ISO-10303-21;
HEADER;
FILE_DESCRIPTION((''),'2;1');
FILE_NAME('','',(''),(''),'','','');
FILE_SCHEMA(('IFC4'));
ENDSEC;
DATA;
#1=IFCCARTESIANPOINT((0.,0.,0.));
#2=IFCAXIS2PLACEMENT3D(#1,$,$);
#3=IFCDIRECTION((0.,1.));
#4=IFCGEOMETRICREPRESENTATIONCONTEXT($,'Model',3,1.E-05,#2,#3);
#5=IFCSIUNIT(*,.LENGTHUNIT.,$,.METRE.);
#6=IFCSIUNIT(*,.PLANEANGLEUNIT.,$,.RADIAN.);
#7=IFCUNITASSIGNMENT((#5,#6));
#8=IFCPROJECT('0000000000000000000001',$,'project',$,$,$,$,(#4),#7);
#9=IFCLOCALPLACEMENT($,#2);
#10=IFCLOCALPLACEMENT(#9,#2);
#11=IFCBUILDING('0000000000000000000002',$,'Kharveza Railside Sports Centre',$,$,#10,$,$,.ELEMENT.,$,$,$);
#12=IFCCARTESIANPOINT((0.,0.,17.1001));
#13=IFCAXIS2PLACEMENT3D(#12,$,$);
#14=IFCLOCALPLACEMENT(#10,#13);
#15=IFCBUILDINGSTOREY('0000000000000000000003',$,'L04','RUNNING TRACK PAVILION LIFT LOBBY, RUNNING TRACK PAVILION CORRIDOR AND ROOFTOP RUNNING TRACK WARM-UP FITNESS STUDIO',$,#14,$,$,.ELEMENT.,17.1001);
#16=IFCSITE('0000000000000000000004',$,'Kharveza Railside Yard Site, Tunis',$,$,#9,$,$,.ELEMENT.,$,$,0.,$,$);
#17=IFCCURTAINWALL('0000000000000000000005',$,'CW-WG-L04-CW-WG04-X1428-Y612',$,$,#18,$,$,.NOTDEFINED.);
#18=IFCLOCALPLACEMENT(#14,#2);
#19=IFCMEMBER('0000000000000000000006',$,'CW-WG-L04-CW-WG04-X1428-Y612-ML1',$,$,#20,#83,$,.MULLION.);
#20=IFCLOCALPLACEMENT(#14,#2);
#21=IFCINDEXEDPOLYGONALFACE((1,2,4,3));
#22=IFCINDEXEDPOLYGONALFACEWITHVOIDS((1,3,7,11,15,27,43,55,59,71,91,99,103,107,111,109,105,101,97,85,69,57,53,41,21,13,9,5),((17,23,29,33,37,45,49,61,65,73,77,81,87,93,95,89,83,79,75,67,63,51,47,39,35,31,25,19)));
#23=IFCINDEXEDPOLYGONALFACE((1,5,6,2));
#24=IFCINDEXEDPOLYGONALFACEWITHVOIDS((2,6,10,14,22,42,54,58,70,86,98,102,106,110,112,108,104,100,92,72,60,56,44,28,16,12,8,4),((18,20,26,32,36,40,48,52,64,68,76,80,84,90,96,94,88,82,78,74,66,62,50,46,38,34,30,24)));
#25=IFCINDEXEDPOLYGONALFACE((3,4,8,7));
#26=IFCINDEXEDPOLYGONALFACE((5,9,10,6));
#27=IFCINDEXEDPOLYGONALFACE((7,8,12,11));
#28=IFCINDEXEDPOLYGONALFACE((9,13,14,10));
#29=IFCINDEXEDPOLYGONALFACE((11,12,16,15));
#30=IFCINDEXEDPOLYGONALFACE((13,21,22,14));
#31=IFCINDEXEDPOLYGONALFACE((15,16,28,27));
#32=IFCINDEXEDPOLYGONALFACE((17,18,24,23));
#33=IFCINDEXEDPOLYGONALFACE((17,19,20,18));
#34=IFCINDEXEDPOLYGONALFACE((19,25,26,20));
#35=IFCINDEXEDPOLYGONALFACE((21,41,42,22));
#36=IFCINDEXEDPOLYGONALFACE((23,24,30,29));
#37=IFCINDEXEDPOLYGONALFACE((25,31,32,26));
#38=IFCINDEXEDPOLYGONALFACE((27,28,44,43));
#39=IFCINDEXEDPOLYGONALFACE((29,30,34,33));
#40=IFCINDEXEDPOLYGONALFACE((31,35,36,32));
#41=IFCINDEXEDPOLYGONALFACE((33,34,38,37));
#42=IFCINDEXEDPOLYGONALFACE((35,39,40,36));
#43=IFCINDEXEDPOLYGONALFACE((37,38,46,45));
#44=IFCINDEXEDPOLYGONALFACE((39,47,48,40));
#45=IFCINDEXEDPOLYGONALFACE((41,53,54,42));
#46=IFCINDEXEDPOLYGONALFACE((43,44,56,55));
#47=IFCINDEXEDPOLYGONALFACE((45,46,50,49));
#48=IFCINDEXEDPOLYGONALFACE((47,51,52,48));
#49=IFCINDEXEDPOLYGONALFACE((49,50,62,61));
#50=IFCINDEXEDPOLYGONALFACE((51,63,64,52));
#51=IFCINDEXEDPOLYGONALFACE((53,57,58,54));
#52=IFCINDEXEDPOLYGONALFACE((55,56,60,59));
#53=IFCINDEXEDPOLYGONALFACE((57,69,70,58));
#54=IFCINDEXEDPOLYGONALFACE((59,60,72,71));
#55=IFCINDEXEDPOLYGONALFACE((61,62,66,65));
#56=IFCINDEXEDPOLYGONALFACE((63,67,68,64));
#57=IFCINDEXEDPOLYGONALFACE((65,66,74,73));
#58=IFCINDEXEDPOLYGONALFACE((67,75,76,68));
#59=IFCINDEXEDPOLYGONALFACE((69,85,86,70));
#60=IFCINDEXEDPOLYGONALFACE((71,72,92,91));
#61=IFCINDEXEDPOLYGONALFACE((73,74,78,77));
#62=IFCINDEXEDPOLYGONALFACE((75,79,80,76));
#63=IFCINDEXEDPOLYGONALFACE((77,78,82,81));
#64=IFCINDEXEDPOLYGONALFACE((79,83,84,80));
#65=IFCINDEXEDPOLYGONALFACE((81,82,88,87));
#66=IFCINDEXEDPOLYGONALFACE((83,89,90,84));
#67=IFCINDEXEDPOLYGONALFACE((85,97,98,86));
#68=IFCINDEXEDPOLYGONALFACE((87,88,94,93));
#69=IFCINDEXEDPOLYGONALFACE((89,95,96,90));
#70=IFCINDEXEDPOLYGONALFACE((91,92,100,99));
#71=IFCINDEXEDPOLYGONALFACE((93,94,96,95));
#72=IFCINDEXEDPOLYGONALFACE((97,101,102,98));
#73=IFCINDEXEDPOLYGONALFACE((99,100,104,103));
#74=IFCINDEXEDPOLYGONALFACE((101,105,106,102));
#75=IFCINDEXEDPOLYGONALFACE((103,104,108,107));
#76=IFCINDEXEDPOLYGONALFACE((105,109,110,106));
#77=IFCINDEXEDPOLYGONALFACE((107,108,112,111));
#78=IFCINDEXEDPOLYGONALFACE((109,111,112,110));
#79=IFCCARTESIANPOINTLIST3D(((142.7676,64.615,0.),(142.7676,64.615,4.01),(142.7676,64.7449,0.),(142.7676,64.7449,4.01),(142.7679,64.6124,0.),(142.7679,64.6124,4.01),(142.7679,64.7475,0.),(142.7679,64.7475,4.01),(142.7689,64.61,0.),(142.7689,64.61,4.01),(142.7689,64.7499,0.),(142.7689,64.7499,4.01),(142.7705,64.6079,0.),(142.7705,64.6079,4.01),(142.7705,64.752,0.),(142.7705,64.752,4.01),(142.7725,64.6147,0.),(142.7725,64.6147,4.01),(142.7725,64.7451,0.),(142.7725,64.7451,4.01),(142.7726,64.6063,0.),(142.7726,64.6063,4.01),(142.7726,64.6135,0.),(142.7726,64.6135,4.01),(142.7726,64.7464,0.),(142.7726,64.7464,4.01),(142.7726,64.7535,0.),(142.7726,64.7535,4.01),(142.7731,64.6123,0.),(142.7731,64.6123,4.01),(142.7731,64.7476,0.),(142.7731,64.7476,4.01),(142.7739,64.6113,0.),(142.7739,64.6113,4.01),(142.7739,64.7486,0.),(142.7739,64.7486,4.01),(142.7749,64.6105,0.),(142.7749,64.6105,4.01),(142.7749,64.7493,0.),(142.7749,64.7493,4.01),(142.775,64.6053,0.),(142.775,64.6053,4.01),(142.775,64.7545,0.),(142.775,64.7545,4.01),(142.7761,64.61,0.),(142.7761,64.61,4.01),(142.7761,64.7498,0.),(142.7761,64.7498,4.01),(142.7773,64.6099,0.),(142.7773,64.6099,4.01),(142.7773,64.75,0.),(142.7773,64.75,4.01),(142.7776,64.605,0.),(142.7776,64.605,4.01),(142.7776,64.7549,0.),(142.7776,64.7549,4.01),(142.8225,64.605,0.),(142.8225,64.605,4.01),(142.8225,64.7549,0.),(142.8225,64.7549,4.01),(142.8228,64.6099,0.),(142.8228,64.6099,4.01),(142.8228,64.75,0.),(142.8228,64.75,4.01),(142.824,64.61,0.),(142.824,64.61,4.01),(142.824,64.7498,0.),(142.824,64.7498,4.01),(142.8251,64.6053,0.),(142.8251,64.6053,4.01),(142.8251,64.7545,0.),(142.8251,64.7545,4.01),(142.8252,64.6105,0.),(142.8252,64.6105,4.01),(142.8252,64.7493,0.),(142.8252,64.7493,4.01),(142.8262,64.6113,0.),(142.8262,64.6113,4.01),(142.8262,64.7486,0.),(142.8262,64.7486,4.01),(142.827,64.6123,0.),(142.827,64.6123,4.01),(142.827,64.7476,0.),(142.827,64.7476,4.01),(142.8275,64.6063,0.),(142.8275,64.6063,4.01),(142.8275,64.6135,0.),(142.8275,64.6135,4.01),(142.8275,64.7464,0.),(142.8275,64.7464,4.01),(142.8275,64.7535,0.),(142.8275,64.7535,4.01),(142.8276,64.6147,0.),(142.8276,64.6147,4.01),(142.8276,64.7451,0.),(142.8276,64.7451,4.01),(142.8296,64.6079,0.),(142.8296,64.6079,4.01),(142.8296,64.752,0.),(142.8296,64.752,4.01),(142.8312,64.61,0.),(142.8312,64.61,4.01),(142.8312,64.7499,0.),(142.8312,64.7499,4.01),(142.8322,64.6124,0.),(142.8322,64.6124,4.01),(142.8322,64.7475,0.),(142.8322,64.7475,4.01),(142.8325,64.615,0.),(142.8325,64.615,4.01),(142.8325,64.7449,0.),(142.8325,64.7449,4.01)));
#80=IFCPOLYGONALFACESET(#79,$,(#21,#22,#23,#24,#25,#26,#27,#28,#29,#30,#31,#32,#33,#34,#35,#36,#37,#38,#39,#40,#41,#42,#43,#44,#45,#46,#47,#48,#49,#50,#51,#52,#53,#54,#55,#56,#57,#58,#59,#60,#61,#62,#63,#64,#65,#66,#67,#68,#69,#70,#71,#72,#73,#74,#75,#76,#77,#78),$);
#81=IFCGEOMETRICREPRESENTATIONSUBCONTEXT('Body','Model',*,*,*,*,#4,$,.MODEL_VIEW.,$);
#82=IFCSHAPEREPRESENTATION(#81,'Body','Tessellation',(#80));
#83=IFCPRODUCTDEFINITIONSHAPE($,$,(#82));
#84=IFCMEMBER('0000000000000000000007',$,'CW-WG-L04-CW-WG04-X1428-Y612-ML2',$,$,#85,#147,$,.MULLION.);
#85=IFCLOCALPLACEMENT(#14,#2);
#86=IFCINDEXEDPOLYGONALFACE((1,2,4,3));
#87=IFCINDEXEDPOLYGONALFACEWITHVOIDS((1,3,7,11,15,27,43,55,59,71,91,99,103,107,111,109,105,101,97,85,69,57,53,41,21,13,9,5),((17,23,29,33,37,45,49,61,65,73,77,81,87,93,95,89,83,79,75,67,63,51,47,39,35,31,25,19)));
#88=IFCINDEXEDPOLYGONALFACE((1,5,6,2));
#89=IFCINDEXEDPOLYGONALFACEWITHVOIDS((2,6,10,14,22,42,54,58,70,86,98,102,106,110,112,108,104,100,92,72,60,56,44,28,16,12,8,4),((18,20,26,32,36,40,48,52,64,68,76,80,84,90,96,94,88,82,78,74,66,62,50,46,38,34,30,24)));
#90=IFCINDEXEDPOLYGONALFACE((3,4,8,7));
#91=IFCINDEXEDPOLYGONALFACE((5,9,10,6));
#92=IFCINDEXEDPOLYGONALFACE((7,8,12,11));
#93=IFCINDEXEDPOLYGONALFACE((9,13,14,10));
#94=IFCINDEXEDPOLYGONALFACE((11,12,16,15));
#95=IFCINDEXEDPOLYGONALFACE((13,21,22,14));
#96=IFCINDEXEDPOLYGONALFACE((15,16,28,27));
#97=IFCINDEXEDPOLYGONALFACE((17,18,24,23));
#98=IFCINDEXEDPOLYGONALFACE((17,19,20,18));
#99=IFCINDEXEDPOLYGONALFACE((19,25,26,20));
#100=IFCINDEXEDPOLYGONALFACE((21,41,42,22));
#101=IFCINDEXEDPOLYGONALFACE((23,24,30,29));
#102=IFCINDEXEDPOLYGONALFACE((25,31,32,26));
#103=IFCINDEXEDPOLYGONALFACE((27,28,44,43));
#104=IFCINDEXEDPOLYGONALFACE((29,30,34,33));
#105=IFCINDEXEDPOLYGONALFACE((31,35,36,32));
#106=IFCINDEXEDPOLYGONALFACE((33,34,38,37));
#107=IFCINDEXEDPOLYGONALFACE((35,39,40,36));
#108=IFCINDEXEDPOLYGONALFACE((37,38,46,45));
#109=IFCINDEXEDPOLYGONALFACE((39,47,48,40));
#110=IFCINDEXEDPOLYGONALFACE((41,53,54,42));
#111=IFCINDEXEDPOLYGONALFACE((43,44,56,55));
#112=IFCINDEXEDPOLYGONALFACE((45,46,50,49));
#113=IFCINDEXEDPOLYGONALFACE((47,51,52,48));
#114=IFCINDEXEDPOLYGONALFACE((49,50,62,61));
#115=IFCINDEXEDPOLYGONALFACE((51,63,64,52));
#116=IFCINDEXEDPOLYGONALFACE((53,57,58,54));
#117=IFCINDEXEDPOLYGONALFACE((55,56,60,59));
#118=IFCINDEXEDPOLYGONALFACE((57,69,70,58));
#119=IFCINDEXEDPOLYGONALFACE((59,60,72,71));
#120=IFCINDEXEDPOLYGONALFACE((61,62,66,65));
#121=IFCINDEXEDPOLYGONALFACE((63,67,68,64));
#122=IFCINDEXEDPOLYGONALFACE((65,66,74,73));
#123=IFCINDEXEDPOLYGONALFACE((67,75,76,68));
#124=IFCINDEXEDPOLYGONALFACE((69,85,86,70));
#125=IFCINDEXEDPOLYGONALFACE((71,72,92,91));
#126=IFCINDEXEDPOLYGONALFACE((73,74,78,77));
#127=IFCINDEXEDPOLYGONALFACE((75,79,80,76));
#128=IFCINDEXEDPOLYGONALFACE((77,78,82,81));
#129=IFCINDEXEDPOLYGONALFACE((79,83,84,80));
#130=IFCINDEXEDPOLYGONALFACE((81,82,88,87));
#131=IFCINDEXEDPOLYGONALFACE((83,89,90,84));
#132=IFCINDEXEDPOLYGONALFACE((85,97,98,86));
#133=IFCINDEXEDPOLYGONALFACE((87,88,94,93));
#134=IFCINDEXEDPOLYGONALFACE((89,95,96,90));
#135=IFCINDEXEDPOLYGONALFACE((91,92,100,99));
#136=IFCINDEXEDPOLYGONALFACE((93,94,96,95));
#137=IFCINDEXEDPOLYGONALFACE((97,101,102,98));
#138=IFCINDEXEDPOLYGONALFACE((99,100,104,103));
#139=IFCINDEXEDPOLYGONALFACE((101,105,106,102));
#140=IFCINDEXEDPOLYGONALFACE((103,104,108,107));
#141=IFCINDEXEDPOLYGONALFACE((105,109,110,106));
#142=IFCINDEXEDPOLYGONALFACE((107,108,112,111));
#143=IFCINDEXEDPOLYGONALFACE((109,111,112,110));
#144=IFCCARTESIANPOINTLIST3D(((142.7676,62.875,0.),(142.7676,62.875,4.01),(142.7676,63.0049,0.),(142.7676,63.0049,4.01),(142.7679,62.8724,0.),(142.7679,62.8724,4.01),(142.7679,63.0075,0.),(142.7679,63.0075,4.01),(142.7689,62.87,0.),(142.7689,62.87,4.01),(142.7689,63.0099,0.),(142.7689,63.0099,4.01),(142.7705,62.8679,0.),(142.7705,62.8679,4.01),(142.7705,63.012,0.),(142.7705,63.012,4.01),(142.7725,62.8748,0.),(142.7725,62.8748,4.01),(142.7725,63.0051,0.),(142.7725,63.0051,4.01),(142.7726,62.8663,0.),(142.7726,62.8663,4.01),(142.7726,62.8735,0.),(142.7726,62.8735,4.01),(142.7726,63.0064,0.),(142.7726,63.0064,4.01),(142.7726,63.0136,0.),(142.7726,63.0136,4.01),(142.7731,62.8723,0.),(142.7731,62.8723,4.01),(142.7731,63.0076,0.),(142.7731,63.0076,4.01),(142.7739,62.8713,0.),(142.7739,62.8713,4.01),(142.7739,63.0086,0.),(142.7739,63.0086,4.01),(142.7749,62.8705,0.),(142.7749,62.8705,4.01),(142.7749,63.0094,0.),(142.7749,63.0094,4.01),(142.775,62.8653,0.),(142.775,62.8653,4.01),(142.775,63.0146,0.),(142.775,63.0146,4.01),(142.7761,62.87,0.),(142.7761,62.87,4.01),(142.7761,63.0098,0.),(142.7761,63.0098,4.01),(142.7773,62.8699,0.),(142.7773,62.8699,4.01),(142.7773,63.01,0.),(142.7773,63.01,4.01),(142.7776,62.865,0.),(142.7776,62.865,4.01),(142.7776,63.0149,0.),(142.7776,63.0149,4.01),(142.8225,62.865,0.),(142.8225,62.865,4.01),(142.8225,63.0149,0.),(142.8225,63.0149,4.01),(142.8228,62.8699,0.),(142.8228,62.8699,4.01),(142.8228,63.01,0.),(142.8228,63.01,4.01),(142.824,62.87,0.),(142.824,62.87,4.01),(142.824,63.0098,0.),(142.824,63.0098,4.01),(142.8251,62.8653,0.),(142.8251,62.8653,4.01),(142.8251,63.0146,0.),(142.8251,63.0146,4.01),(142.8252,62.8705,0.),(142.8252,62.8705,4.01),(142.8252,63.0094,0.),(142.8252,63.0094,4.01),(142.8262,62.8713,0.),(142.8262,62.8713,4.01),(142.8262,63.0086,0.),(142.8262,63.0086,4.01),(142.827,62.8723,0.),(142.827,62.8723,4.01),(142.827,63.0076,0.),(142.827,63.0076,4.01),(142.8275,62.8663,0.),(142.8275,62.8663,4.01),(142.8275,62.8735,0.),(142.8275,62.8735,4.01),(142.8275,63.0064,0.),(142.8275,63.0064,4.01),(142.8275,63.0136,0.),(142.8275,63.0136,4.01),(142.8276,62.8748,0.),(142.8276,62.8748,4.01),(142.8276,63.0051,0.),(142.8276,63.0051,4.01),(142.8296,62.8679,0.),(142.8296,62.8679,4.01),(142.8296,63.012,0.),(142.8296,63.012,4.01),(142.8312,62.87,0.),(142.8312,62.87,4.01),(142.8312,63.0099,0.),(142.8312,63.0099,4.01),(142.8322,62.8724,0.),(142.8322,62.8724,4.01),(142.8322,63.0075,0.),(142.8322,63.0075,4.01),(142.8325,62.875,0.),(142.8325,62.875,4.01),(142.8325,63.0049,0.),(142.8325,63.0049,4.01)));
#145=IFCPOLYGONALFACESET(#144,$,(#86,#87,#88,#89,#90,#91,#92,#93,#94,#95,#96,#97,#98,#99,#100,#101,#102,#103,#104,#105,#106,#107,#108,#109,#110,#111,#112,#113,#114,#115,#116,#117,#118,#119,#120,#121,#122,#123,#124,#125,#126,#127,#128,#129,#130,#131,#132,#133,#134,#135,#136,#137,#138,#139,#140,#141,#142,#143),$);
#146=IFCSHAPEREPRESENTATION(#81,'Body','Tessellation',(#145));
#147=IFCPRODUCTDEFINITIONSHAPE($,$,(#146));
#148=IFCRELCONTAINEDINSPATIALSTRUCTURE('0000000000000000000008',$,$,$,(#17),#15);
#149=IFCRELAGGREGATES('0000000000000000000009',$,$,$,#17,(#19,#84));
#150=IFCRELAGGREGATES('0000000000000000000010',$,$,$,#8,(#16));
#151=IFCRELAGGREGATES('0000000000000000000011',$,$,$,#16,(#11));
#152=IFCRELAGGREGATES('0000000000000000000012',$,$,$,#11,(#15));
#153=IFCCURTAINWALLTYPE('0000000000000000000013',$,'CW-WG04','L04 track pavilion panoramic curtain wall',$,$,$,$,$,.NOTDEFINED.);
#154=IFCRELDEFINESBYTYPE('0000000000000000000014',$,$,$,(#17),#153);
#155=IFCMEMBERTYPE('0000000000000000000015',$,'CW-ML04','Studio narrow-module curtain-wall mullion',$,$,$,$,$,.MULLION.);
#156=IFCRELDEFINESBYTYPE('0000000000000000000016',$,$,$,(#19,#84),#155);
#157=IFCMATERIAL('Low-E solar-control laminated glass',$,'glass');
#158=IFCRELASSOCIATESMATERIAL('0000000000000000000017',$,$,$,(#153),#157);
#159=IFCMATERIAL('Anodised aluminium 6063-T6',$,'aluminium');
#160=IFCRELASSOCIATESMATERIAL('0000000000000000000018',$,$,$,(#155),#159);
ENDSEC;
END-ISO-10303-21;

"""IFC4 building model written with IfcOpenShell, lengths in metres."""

from ifc_helpers import new_model, si_unit, direction, frame, origin, origin_2d, place, context, subcontext, project, spatial, hollow_rectangle, extrude, material, material_profile, profile_set, type_object, element, aggregate, save


model = new_model("IFC4")

# Units and contexts
model_context = context("Model", 3, precision=1e-05, world=origin(), true_north=direction((0.0, 1.0)))
body_context = subcontext(model_context, "Body", "Model", "MODEL_VIEW")
ifc_project = project(units=[si_unit("LENGTHUNIT", "METRE"), si_unit("PLANEANGLEUNIT", "RADIAN")], contexts=[model_context])

# Site, building, storey
site_placement = place(None, origin())
site = spatial("IfcSite", under=ifc_project, at=site_placement, Name="Kharveza Railside Yard Site, Tunis", CompositionType="ELEMENT", RefElevation=0.0)
building_placement = place(site_placement, origin())
building = spatial("IfcBuilding", under=site, at=building_placement, Name="Kharveza Railside Sports Centre", CompositionType="ELEMENT")
storey_placement = place(building_placement, frame((0.0, 0.0, 17.1001)))
storey = spatial("IfcBuildingStorey", under=building, at=storey_placement, Name="L04", Description="RUNNING TRACK PAVILION LIFT LOBBY, RUNNING TRACK PAVILION CORRIDOR AND ROOFTOP RUNNING TRACK WARM-UP FITNESS STUDIO", CompositionType="ELEMENT", Elevation=17.1001)

# Curtain wall, members
ifc_material_1 = material(Name="Low-E solar-control laminated glass", Category="glass")
curtain_wall_type = type_object("IfcCurtainWallType", Name="CW-WG04", Description="L04 track pavilion panoramic curtain wall", PredefinedType="NOTDEFINED", material=ifc_material_1)
curtain_wall_placement = place(storey_placement, origin())
curtain_wall = element("IfcCurtainWall", 1, at=curtain_wall_placement, inside=storey, type_object=curtain_wall_type, Name="CW-WG-L04-CW-WG04-X1428-Y612", PredefinedType="NOTDEFINED")
ifc_material_2 = material(Name="Anodised aluminium 6063-T6", Category="aluminium")
ifc_material_profile_1 = material_profile(ifc_material_2, hollow_rectangle(XDim=0.0649, YDim=0.1499, WallThickness=0.0049, InnerFilletRadius=0.0049, OuterFilletRadius=0.01, at=origin_2d()), Name="RHS 65x150x5.0")
ifc_profile_set_1 = profile_set([ifc_material_profile_1], Name="Anodised aluminium 6063-T6")
member_type_1 = type_object("IfcMemberType", Name="CW-ML04", Description="Studio narrow-module curtain-wall mullion", PredefinedType="MULLION", material=ifc_profile_set_1)
member_1_placement = place(storey_placement, frame((142.8, 64.6799, 0.0), z_axis=(0.0, 0.0, 1.0), x_axis=(1.0, 0.0, 0.0)))
member_1 = element("IfcMember", 2, at=member_1_placement, type_object=member_type_1, Name="CW-WG-L04-CW-WG04-X1428-Y612-ML1", PredefinedType="MULLION", context=body_context, shape_type="SweptSolid", body=[
    extrude(hollow_rectangle(XDim=0.0649, YDim=0.1499, WallThickness=0.0049, InnerFilletRadius=0.0049, OuterFilletRadius=0.01, at=origin_2d()), origin(), (0.0, 0.0, 1.0), 4.01),
])
member_2_placement = place(storey_placement, frame((142.8, 62.9399, 0.0), z_axis=(0.0, 0.0, 1.0), x_axis=(1.0, 0.0, 0.0)))
member_2 = element("IfcMember", 3, at=member_2_placement, type_object=member_type_1, Name="CW-WG-L04-CW-WG04-X1428-Y612-ML2", PredefinedType="MULLION", context=body_context, shape_type="SweptSolid", body=[
    extrude(hollow_rectangle(XDim=0.0649, YDim=0.1499, WallThickness=0.0049, InnerFilletRadius=0.0049, OuterFilletRadius=0.01, at=origin_2d()), origin(), (0.0, 0.0, 1.0), 4.01),
])

aggregate(curtain_wall, [member_1, member_2])

save(model, "model.ifc")
